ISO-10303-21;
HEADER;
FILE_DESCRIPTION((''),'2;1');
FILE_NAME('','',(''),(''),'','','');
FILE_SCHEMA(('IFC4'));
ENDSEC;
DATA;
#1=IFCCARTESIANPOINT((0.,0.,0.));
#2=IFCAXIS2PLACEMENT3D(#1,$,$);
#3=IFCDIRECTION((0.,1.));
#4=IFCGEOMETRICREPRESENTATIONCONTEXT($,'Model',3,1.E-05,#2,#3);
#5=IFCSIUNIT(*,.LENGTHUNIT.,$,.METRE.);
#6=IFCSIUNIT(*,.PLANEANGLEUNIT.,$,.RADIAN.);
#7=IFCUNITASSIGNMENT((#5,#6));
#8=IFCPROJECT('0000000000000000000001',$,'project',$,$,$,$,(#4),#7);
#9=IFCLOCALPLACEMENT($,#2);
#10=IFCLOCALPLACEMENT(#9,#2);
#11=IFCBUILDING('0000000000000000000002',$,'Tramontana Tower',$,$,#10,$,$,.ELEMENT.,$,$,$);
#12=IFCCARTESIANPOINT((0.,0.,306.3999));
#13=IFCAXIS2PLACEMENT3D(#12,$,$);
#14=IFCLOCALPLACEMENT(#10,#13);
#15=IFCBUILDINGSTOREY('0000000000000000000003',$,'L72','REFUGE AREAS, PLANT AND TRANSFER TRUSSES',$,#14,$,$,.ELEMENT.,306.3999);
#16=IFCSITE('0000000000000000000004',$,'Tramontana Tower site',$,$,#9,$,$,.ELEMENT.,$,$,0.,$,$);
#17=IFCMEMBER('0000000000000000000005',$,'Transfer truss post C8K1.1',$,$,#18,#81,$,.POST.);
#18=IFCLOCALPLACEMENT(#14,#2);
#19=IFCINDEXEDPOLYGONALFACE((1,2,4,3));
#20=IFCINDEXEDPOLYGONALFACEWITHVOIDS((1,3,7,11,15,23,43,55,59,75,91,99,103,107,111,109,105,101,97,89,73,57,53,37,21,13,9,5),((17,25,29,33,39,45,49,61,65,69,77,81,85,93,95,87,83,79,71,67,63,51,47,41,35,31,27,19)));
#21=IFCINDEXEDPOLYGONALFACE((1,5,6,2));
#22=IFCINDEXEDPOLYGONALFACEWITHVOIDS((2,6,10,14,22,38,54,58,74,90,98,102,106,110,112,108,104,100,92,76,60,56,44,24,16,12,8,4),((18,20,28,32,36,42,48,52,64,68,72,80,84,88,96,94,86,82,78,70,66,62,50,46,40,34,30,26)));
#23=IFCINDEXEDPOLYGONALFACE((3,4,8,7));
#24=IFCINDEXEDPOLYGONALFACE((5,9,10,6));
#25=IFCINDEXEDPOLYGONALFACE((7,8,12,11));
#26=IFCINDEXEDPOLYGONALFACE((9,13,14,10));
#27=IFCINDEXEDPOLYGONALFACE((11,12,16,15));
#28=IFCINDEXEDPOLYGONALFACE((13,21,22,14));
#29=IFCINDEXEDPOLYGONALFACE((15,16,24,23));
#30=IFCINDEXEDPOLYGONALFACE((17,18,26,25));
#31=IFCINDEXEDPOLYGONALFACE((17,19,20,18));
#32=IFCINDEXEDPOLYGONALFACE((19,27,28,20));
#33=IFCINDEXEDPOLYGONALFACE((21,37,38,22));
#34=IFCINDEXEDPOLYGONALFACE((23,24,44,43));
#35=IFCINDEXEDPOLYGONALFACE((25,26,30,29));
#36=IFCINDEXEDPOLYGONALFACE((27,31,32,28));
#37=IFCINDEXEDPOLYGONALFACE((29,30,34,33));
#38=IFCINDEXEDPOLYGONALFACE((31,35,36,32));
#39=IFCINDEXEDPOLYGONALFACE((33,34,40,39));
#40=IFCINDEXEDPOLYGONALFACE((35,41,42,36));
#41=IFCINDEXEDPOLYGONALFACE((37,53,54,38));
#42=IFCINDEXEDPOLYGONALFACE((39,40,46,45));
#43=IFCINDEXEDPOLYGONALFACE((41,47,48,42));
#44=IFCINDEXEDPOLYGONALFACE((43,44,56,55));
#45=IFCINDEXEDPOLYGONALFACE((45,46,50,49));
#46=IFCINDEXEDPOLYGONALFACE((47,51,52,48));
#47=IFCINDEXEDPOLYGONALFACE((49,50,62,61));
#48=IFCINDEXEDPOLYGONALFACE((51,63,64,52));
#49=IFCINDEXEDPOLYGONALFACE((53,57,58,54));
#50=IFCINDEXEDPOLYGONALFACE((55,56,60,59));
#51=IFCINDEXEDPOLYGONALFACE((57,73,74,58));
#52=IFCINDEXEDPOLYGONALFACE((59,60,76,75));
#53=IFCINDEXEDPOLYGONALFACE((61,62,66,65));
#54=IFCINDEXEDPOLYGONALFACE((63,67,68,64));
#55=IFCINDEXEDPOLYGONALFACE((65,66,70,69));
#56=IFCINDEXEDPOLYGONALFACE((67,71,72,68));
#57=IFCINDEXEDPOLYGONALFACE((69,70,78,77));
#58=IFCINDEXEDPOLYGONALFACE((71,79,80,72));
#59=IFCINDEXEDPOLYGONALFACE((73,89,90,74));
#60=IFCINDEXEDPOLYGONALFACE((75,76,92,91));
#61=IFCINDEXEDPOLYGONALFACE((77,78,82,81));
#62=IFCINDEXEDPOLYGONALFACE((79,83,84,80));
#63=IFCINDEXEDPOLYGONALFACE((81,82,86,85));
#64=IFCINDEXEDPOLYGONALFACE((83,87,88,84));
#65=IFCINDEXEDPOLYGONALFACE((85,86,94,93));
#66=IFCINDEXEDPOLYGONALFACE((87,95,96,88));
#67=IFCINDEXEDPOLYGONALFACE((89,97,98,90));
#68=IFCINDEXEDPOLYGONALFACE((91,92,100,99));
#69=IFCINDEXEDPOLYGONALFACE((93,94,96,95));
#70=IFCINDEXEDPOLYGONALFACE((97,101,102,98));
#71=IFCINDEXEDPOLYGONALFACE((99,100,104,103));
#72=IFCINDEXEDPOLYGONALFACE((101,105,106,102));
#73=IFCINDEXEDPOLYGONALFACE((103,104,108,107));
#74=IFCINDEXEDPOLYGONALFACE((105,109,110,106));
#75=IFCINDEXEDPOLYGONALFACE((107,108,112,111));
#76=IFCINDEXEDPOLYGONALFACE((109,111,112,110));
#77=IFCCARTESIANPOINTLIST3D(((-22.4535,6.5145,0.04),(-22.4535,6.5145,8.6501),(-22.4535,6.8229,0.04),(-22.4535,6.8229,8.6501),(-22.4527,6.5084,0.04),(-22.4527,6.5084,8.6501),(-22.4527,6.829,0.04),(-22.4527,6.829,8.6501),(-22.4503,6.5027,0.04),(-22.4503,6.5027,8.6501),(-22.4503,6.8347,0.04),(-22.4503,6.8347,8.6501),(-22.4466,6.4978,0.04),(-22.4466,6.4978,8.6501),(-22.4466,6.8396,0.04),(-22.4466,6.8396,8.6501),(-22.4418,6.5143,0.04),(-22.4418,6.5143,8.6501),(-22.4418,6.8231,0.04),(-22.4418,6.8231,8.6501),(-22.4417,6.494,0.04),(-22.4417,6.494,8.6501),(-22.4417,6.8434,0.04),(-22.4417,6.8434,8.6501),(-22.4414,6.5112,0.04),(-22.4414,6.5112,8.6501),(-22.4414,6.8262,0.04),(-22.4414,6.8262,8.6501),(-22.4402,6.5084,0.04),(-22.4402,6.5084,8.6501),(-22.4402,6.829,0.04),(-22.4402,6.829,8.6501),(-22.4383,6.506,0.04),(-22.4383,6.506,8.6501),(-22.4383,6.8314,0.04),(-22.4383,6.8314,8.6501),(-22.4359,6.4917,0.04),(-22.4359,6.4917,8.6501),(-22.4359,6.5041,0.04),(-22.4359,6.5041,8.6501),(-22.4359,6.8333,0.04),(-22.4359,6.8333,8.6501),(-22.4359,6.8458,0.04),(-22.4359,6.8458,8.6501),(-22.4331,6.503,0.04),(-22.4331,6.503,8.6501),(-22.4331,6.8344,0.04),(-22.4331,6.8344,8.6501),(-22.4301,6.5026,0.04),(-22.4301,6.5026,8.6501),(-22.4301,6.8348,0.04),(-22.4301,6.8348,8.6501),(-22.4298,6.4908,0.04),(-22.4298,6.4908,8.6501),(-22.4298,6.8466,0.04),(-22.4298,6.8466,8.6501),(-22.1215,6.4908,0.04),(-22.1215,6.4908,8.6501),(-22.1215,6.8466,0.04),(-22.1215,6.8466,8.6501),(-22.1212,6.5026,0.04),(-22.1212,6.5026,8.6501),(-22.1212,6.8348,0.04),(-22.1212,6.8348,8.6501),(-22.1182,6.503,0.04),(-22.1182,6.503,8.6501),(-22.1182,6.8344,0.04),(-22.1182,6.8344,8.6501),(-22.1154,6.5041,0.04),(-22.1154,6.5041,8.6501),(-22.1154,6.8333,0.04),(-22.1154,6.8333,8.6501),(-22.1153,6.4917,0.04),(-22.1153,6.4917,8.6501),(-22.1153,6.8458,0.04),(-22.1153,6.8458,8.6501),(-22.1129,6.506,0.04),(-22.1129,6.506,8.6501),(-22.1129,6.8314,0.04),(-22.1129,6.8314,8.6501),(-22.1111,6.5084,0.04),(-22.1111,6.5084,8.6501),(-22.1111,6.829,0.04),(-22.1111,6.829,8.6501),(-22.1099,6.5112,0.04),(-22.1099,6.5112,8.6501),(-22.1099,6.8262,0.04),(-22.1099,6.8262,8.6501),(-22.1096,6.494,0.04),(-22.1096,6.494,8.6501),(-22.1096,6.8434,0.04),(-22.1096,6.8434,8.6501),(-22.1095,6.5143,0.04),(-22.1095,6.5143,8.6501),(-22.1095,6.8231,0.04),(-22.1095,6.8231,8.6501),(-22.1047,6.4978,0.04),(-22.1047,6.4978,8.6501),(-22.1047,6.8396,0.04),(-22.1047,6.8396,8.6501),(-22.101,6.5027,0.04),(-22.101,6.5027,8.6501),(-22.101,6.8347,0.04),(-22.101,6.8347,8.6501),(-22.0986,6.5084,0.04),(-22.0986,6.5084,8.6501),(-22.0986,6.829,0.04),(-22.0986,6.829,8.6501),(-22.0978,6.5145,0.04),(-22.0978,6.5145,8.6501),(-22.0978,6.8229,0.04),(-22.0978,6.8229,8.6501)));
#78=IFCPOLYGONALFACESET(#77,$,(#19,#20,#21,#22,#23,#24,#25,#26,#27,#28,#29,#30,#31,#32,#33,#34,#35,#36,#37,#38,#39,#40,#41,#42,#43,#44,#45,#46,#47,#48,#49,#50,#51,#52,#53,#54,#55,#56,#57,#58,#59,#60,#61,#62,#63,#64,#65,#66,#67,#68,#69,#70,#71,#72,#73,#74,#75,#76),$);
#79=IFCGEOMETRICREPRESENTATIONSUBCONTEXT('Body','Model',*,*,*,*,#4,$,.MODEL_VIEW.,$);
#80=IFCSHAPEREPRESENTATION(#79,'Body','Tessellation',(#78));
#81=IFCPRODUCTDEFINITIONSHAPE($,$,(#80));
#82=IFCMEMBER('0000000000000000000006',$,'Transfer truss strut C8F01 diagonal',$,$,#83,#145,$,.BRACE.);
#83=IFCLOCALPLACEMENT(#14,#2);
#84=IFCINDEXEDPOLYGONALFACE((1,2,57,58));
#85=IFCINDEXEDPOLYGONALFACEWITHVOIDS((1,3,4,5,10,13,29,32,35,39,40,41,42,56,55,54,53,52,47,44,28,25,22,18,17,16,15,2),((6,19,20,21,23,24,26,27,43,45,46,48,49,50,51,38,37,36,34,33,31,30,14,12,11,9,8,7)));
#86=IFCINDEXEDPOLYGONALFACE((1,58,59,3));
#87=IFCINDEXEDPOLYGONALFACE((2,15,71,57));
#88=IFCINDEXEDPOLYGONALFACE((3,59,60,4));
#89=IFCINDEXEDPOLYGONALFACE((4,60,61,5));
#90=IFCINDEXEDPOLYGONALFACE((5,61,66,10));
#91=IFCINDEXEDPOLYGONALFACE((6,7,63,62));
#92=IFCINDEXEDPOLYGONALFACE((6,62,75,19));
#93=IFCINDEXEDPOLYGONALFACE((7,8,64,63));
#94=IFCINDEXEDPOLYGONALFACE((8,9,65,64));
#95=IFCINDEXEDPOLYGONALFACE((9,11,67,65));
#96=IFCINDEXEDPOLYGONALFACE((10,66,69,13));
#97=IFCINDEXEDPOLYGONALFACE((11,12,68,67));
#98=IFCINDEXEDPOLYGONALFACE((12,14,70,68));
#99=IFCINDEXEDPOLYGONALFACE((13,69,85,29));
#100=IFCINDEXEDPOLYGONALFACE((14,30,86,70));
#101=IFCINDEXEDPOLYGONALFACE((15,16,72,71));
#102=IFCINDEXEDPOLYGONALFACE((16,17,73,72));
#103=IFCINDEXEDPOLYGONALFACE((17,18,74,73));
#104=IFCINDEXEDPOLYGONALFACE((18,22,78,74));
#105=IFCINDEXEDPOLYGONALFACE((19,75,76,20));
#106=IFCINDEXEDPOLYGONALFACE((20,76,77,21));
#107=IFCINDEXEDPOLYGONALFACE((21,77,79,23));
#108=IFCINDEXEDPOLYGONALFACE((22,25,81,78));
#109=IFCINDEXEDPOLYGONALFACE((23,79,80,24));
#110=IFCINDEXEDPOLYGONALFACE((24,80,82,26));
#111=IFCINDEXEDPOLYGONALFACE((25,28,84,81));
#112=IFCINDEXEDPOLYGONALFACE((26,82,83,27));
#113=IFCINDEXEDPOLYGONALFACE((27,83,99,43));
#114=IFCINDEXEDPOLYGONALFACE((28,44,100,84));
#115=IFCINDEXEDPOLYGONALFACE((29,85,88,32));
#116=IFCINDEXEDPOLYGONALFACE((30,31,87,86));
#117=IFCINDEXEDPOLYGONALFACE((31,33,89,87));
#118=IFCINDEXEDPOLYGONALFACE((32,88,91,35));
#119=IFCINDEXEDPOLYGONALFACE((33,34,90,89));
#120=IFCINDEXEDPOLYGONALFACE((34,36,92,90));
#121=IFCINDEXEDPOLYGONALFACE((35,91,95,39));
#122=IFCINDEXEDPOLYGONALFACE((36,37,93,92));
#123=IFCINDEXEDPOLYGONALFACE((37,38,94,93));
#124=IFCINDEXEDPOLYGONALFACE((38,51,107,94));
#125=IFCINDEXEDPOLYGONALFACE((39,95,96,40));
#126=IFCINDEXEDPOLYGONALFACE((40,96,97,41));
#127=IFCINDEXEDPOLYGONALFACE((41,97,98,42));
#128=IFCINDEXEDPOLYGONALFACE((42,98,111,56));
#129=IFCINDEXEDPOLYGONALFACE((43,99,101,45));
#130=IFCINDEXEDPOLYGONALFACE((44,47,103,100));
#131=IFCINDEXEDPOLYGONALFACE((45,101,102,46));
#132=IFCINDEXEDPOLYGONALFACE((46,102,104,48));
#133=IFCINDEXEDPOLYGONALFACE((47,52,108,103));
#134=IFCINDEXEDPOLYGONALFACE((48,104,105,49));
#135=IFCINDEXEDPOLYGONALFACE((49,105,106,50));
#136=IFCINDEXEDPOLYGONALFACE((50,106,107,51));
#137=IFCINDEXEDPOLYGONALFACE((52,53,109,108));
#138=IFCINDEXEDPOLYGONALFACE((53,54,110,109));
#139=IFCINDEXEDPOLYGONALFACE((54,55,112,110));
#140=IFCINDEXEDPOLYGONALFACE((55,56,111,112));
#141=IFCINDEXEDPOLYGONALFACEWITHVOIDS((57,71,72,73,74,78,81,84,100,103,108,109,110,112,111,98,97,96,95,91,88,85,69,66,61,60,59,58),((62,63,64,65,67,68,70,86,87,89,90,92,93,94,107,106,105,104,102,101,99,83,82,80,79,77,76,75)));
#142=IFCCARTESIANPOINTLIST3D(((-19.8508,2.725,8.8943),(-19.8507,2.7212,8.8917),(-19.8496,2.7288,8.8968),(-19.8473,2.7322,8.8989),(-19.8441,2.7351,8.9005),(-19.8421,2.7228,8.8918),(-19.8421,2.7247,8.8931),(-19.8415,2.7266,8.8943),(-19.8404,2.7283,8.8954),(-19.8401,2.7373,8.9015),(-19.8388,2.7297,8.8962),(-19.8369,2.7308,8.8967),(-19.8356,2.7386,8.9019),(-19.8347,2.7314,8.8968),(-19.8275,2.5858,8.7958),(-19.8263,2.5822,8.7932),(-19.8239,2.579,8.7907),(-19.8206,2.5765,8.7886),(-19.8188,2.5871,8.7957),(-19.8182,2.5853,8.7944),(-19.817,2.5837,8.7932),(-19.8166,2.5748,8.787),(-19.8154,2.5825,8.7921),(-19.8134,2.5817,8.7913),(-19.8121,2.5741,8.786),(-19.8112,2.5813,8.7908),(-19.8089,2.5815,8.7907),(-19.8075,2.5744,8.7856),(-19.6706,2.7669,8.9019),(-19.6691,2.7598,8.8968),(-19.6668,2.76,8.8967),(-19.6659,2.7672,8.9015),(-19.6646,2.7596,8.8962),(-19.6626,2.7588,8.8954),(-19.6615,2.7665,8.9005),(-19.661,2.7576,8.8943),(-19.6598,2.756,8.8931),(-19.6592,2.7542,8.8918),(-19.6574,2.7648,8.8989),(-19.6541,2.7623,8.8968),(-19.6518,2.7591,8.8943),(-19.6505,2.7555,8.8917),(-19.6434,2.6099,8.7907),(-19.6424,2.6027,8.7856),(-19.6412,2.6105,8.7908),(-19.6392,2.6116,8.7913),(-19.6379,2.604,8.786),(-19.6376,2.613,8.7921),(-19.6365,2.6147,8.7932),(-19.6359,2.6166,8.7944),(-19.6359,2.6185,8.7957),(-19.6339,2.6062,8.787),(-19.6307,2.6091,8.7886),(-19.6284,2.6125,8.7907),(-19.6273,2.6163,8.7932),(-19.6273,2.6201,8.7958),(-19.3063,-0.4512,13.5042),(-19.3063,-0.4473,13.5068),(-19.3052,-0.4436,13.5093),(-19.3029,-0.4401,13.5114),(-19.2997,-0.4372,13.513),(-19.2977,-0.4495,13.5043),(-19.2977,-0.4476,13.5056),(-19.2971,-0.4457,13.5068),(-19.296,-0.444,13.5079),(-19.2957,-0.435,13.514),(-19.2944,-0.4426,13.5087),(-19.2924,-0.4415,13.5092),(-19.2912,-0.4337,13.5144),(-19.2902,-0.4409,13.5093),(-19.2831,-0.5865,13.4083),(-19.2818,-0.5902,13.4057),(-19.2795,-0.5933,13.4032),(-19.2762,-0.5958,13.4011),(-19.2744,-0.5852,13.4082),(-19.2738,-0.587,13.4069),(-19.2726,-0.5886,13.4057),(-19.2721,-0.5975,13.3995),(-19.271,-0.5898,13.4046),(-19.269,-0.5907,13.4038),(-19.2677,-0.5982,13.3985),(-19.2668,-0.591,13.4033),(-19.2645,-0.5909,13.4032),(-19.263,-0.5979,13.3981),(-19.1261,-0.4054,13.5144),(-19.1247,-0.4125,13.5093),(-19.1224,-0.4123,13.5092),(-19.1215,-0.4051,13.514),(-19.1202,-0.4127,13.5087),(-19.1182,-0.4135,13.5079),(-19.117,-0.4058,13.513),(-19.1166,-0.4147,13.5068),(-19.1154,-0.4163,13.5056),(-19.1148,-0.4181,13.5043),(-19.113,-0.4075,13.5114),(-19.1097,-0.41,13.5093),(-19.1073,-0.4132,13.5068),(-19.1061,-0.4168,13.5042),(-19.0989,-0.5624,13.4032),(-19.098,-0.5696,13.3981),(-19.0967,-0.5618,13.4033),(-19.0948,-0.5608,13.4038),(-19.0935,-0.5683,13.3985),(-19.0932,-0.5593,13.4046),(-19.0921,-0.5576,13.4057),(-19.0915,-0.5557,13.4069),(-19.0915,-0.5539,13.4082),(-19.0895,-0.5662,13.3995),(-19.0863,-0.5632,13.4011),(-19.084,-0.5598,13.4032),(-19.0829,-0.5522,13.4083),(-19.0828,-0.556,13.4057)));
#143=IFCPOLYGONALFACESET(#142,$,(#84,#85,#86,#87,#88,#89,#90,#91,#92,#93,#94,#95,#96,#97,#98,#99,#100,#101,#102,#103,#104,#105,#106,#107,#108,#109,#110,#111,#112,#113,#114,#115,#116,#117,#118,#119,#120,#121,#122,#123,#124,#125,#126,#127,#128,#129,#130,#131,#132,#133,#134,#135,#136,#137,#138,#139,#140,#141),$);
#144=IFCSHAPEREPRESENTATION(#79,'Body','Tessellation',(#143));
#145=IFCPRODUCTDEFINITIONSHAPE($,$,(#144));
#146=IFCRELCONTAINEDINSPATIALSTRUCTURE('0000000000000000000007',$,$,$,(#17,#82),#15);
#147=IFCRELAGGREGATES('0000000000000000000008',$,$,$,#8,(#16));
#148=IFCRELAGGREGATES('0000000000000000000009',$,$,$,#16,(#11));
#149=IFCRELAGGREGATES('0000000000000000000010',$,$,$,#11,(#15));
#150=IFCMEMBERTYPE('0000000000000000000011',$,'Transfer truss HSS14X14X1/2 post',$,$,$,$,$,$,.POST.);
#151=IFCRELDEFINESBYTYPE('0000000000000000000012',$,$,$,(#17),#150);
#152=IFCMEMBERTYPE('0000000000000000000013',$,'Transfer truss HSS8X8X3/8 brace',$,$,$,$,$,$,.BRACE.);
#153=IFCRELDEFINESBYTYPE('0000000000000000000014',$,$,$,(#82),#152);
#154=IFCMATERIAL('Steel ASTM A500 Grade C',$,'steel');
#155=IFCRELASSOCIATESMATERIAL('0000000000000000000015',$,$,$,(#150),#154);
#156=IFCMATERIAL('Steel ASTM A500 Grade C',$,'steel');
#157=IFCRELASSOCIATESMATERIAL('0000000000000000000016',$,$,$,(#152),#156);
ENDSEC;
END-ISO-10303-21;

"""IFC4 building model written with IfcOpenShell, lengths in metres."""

from ifc_helpers import new_model, si_unit, direction, frame, origin, origin_2d, place, context, subcontext, project, spatial, hollow_rectangle, extrude, material, material_profile, profile_set, type_object, element, save


model = new_model("IFC4")

# Units and contexts
model_context = context("Model", 3, precision=1e-05, world=origin(), true_north=direction((0.0, 1.0)))
body_context = subcontext(model_context, "Body", "Model", "MODEL_VIEW")
ifc_project = project(units=[si_unit("LENGTHUNIT", "METRE"), si_unit("PLANEANGLEUNIT", "RADIAN")], contexts=[model_context])

# Site, building, storey
site_placement = place(None, origin())
site = spatial("IfcSite", under=ifc_project, at=site_placement, Name="Tramontana Tower site", CompositionType="ELEMENT", RefElevation=0.0)
building_placement = place(site_placement, origin())
building = spatial("IfcBuilding", under=site, at=building_placement, Name="Tramontana Tower", CompositionType="ELEMENT")
storey_placement = place(building_placement, frame((0.0, 0.0, 306.3999)))
storey = spatial("IfcBuildingStorey", under=building, at=storey_placement, Name="L72", Description="REFUGE AREAS, PLANT AND TRANSFER TRUSSES", CompositionType="ELEMENT", Elevation=306.3999)

# Members
ifc_material_1 = material(Name="Steel ASTM A500 Grade C", Category="steel")
ifc_material_profile_1 = material_profile(ifc_material_1, hollow_rectangle(XDim=0.3557, YDim=0.3557, WallThickness=0.0117, InnerFilletRadius=0.0117, OuterFilletRadius=0.0237, at=origin_2d()), Name="HSS14X14X1/2")
ifc_profile_set_1 = profile_set([ifc_material_profile_1], Name="Steel ASTM A500 Grade C")
member_type_1 = type_object("IfcMemberType", Name="Transfer truss HSS14X14X1/2 post", PredefinedType="POST", material=ifc_profile_set_1)
member_1_placement = place(storey_placement, frame((-22.2756, 6.6687, 0.04), z_axis=(0.0, 0.0, 1.0), x_axis=(1.0, 0.0, 0.0)))
element("IfcMember", 1, at=member_1_placement, inside=storey, type_object=member_type_1, Name="Transfer truss post C8K1.1", PredefinedType="POST", context=body_context, shape_type="SweptSolid", body=[
    extrude(hollow_rectangle(XDim=0.3557, YDim=0.3557, WallThickness=0.0117, InnerFilletRadius=0.0117, OuterFilletRadius=0.0237, at=origin_2d()), origin(), (0.0, 0.0, 1.0), 8.6101),
])
ifc_material_2 = material(Name="Steel ASTM A500 Grade C", Category="steel")
ifc_material_profile_2 = material_profile(ifc_material_2, hollow_rectangle(XDim=0.2031, YDim=0.2031, WallThickness=0.0088, InnerFilletRadius=0.0088, OuterFilletRadius=0.0178, at=origin_2d()), Name="HSS8X8X3/8")
ifc_profile_set_2 = profile_set([ifc_material_profile_2], Name="Steel ASTM A500 Grade C")
member_type_2 = type_object("IfcMemberType", Name="Transfer truss HSS8X8X3/8 brace", PredefinedType="BRACE", material=ifc_profile_set_2)
member_2_placement = place(storey_placement, frame((-19.739, 2.6707, 8.8438), z_axis=(0.096795, -0.564018, 0.82007), x_axis=(0.985591, 0.169145, 0.0)))
element("IfcMember", 2, at=member_2_placement, inside=storey, type_object=member_type_2, Name="Transfer truss strut C8F01 diagonal", PredefinedType="BRACE", context=body_context, shape_type="SweptSolid", body=[
    extrude(hollow_rectangle(XDim=0.2031, YDim=0.2031, WallThickness=0.0088, InnerFilletRadius=0.0088, OuterFilletRadius=0.0178, at=origin_2d()), origin(), (0.0, 0.0, 1.0), 5.6245),
])

save(model, "model.ifc")
